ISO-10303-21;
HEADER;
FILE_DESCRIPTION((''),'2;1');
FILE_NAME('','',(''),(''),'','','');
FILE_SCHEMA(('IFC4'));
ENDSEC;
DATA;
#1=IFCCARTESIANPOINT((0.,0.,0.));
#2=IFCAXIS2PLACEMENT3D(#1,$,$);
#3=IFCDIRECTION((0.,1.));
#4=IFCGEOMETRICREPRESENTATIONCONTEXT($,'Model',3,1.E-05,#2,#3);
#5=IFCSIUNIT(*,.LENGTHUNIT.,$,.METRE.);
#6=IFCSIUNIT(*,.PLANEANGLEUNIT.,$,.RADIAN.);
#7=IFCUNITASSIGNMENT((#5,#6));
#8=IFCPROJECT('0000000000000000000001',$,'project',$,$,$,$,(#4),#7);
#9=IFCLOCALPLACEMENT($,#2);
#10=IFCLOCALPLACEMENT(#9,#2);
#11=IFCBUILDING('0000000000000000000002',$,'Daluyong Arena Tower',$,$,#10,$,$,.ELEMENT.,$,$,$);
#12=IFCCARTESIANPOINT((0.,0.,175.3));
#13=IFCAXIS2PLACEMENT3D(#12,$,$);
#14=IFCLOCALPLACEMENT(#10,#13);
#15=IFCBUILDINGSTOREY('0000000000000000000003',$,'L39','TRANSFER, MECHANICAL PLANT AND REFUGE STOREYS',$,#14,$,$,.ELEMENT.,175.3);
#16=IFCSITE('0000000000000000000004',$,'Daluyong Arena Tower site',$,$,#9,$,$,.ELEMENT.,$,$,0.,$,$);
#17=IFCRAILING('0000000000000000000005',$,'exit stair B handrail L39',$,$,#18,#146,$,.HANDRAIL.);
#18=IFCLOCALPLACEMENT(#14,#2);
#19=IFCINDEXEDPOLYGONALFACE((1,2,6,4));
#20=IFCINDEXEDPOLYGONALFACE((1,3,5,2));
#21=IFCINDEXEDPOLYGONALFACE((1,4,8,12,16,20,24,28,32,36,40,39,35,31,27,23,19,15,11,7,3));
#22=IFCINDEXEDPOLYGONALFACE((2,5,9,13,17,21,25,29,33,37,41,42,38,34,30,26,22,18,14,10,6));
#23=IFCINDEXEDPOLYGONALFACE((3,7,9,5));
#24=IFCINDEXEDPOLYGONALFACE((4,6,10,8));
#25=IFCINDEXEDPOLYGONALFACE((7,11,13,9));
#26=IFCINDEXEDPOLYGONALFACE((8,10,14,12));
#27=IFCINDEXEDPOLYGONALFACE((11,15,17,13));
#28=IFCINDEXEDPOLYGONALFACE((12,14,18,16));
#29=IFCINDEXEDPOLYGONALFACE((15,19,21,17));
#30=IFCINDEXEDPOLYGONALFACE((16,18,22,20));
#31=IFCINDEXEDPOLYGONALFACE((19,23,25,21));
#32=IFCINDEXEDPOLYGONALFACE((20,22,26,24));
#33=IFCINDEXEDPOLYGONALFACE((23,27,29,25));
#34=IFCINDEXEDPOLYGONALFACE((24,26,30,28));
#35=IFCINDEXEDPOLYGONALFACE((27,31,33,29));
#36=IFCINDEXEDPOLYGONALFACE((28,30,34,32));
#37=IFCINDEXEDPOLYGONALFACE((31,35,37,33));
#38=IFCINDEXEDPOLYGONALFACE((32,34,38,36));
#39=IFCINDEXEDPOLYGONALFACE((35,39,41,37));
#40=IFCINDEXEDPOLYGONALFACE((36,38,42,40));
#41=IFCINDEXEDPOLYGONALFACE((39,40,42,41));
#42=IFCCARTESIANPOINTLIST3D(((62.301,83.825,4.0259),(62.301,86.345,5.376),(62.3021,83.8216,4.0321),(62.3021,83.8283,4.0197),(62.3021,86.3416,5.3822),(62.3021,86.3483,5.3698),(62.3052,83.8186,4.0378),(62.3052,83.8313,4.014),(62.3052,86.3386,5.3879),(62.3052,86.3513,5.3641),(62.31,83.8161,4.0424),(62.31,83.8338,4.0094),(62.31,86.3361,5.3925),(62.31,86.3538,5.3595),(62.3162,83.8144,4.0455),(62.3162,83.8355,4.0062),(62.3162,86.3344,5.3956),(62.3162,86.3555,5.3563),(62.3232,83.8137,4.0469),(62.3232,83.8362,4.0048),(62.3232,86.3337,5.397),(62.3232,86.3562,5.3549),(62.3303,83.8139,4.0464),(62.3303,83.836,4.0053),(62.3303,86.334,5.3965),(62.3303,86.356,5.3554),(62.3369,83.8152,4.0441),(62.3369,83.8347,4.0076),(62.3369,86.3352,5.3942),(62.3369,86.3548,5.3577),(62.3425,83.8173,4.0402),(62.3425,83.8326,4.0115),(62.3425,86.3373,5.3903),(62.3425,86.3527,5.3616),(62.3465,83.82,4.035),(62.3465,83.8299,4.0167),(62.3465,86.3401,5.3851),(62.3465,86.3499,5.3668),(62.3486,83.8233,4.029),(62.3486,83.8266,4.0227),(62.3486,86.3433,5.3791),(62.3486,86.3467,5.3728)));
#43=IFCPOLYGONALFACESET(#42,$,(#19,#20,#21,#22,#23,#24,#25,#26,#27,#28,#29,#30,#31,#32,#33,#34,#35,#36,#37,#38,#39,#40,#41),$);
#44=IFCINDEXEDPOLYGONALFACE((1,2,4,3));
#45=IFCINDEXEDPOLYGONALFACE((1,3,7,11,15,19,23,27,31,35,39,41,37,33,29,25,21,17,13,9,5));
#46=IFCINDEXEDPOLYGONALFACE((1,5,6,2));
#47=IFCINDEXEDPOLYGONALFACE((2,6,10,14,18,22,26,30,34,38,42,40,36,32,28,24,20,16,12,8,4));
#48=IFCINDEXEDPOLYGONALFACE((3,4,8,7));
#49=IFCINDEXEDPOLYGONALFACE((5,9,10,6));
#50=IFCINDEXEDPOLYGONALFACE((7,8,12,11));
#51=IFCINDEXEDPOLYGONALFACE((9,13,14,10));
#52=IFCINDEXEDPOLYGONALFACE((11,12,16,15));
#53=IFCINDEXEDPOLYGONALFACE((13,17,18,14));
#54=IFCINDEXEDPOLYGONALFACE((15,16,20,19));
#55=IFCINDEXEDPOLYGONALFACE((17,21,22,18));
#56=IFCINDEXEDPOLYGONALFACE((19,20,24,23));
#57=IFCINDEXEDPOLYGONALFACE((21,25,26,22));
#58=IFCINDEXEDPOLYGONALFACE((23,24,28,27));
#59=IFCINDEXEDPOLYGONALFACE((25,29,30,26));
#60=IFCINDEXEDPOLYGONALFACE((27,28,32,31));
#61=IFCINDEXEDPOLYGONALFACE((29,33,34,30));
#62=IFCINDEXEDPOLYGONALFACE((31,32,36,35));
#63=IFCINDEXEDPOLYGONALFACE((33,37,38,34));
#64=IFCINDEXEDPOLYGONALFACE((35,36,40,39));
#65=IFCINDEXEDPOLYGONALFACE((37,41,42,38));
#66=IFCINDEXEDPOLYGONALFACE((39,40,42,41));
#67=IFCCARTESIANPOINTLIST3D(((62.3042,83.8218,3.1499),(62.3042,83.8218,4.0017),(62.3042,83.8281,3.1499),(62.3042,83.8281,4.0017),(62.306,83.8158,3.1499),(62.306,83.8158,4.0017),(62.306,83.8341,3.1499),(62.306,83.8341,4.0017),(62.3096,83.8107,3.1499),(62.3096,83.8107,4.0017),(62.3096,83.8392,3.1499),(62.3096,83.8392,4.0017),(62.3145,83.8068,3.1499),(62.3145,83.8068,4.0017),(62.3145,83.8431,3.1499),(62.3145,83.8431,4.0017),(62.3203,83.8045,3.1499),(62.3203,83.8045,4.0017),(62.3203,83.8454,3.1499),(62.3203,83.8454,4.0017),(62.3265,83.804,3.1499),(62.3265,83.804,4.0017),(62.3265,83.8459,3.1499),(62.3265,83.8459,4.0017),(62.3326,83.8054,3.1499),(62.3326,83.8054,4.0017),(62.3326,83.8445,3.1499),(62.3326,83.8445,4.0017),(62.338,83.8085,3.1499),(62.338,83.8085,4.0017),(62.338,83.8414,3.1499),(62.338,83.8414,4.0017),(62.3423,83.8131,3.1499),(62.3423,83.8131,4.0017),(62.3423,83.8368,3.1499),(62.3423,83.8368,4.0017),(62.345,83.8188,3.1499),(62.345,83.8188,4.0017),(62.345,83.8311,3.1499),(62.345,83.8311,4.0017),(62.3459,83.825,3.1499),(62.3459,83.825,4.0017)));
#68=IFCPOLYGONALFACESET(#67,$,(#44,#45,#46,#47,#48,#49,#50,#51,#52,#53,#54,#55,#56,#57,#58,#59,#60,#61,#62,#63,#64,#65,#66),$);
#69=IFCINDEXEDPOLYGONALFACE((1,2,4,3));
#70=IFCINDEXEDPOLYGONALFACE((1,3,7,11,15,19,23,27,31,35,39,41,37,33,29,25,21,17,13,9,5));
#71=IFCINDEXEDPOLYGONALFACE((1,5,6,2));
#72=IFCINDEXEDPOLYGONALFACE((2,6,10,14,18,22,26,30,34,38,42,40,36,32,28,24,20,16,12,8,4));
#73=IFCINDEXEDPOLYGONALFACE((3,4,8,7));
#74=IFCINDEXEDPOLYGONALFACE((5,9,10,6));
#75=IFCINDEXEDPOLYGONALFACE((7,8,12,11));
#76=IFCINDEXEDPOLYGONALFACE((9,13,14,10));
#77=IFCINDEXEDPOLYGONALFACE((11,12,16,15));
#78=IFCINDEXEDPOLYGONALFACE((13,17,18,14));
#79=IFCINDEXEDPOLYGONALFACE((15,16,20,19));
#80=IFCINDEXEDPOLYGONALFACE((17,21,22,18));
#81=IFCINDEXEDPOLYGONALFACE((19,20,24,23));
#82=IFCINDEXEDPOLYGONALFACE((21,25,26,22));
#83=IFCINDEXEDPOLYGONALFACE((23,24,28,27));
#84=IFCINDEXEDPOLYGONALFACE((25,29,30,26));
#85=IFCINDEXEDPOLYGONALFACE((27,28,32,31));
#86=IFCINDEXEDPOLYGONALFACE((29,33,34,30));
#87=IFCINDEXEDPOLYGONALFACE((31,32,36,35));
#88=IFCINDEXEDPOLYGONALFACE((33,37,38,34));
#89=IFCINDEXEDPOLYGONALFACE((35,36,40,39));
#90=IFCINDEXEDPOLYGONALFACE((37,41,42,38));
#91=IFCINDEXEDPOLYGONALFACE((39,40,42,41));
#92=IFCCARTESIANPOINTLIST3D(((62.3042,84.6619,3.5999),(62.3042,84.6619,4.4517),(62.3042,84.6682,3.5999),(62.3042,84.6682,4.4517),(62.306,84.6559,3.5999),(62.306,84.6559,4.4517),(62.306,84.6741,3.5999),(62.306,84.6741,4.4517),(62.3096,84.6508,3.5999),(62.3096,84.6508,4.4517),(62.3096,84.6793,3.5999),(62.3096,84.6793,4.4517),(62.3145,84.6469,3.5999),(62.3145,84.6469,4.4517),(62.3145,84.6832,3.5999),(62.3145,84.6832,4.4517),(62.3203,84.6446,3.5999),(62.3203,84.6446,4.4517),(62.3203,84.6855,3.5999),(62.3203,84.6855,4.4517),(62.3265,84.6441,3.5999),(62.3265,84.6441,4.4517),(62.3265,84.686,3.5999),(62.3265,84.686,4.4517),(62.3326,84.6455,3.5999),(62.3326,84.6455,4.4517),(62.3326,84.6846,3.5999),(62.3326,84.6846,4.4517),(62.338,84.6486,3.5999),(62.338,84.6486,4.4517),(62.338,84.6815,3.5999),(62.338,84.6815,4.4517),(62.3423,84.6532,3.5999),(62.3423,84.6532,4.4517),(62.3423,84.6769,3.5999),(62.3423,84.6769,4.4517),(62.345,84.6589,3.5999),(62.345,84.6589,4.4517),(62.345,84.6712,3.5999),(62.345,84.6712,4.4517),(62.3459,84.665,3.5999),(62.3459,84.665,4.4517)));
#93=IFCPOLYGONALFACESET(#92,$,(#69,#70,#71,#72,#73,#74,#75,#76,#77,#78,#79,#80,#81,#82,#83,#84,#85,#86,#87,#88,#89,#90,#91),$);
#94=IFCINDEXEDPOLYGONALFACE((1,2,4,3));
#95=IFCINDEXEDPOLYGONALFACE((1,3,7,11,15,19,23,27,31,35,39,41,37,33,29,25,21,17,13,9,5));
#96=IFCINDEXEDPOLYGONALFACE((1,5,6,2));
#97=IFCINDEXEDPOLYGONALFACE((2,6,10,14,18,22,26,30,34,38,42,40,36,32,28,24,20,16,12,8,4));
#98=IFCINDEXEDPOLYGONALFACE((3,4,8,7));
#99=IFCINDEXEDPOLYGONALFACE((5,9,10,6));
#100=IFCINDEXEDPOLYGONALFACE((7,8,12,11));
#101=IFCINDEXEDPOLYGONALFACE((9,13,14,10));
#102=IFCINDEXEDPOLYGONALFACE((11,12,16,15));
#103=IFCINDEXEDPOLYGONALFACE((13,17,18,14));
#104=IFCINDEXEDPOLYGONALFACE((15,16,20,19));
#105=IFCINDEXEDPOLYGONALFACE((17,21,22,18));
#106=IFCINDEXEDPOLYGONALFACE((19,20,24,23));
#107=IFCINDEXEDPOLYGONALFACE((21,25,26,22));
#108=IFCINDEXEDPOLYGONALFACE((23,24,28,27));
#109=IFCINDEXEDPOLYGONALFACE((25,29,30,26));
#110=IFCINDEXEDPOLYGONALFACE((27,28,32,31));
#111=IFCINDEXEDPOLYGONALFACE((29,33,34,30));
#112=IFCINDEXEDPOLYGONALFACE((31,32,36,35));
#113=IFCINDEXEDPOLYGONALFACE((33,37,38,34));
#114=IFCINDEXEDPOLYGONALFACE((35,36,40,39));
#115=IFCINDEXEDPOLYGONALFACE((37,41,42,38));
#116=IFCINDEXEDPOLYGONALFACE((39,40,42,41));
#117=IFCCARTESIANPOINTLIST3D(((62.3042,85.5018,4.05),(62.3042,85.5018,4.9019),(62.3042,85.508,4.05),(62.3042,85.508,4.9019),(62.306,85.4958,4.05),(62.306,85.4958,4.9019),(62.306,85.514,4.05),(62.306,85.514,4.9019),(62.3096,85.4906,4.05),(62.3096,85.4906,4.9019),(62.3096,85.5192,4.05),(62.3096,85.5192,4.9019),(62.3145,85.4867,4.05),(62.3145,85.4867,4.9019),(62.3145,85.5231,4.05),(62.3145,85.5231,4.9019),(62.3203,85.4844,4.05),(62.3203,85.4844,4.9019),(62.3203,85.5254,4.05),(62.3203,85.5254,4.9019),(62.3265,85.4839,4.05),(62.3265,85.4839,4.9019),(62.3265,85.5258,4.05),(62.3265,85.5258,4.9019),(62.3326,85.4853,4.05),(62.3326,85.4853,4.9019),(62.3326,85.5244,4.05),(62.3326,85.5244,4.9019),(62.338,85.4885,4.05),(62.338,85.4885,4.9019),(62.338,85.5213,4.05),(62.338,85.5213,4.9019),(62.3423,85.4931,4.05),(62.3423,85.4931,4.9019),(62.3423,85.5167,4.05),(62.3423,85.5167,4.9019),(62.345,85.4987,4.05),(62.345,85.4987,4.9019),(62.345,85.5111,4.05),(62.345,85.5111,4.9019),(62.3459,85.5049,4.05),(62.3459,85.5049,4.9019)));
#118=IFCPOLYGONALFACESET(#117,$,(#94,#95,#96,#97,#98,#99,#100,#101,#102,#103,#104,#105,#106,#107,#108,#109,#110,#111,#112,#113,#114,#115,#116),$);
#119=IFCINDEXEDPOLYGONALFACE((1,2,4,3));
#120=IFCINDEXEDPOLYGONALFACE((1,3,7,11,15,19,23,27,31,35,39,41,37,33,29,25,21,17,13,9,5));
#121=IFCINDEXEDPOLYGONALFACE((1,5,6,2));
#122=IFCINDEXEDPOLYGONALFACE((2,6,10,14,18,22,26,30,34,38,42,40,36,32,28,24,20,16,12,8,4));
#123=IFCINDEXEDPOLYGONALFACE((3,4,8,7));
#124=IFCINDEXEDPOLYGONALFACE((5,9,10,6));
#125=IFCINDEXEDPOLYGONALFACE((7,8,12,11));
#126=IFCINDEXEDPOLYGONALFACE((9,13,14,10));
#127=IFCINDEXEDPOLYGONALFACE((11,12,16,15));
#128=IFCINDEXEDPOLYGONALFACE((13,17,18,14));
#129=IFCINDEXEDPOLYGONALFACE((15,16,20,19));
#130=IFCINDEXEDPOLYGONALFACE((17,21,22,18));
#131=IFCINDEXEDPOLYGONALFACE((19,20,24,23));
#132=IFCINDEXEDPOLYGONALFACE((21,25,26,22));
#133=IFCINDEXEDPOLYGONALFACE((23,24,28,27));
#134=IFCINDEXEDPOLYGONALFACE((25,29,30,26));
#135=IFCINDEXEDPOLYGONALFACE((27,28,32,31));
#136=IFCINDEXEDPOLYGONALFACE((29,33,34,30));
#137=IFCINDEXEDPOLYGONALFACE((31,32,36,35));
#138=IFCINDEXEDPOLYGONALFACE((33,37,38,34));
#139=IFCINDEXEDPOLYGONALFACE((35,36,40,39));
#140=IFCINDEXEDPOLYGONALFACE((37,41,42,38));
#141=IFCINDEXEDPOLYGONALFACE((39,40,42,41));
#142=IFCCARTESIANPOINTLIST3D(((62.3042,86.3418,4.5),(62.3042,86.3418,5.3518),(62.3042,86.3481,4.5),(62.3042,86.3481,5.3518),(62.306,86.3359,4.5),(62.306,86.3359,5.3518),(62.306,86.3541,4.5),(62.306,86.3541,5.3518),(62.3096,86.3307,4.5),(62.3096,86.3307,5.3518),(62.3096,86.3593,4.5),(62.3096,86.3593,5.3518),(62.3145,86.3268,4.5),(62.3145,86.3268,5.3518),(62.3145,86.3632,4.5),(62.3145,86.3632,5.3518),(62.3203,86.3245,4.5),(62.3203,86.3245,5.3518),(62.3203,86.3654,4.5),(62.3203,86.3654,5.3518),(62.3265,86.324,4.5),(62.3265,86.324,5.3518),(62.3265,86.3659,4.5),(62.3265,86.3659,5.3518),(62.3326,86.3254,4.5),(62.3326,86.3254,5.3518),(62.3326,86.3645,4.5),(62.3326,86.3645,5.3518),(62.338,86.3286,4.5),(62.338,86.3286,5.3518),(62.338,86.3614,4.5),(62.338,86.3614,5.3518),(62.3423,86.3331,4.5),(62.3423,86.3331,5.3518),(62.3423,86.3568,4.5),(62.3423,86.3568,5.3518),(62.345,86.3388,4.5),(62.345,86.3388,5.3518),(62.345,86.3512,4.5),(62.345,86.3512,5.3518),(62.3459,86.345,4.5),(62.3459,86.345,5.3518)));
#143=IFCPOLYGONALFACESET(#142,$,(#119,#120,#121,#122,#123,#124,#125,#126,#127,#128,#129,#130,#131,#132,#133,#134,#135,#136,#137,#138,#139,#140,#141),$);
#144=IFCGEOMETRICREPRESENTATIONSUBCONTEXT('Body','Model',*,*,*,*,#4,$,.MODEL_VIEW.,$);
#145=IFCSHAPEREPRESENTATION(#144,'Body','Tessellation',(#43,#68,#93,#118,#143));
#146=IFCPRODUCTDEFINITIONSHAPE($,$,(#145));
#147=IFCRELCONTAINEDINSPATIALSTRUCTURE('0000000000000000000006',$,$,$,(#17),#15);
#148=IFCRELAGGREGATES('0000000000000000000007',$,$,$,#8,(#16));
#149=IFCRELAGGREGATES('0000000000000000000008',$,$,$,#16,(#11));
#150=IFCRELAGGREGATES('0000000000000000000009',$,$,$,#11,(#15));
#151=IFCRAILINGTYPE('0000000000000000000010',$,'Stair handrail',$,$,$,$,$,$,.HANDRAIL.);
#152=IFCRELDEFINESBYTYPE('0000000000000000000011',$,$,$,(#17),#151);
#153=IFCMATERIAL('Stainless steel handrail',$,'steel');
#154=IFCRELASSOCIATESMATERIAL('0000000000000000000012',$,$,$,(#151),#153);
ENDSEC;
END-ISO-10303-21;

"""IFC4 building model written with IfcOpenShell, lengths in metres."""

from ifc_helpers import new_model, si_unit, direction, frame, origin, origin_2d, place, context, subcontext, project, spatial, circle, extrude, material, type_object, element, save


model = new_model("IFC4")

# Units and contexts
model_context = context("Model", 3, precision=1e-05, world=origin(), true_north=direction((0.0, 1.0)))
body_context = subcontext(model_context, "Body", "Model", "MODEL_VIEW")
ifc_project = project(units=[si_unit("LENGTHUNIT", "METRE"), si_unit("PLANEANGLEUNIT", "RADIAN")], contexts=[model_context])

# Site, building, storey
site_placement = place(None, origin())
site = spatial("IfcSite", under=ifc_project, at=site_placement, Name="Daluyong Arena Tower site", CompositionType="ELEMENT", RefElevation=0.0)
building_placement = place(site_placement, origin())
building = spatial("IfcBuilding", under=site, at=building_placement, Name="Daluyong Arena Tower", CompositionType="ELEMENT")
storey_placement = place(building_placement, frame((0.0, 0.0, 175.3)))
storey = spatial("IfcBuildingStorey", under=building, at=storey_placement, Name="L39", Description="TRANSFER, MECHANICAL PLANT AND REFUGE STOREYS", CompositionType="ELEMENT", Elevation=175.3)

# Railing
ifc_material_1 = material(Name="Stainless steel handrail", Category="steel")
railing_type_1 = type_object("IfcRailingType", Name="Stair handrail", PredefinedType="HANDRAIL", material=ifc_material_1)
for number, where, name in (
    (1, (62.325, 83.825, 3.1499), "exit stair B handrail L39"),
):
    element("IfcRailing", number, at=place(storey_placement, frame(where)), inside=storey, type_object=railing_type_1, Name=name, PredefinedType="HANDRAIL", context=body_context, shape_type="SweptSolid", body=[
        extrude(circle(Radius=0.0239, at=origin_2d()), frame((0.0, 0.0, 0.876), z_axis=(0.0, 0.881467, 0.472245), x_axis=(-1.0, 0.0, 0.0)), (0.0, 0.0, 1.0), 2.8589),
        extrude(circle(Radius=0.021, at=origin_2d()), origin(), (0.0, 0.0, 1.0), 0.8518),
        extrude(circle(Radius=0.021, at=origin_2d()), frame((0.0, 0.8401, 0.45)), (0.0, 0.0, 1.0), 0.8518),
        extrude(circle(Radius=0.021, at=origin_2d()), frame((0.0, 1.6799, 0.9001)), (0.0, 0.0, 1.0), 0.8518),
        extrude(circle(Radius=0.021, at=origin_2d()), frame((0.0, 2.52, 1.3501)), (0.0, 0.0, 1.0), 0.8518),
    ])

save(model, "model.ifc")
